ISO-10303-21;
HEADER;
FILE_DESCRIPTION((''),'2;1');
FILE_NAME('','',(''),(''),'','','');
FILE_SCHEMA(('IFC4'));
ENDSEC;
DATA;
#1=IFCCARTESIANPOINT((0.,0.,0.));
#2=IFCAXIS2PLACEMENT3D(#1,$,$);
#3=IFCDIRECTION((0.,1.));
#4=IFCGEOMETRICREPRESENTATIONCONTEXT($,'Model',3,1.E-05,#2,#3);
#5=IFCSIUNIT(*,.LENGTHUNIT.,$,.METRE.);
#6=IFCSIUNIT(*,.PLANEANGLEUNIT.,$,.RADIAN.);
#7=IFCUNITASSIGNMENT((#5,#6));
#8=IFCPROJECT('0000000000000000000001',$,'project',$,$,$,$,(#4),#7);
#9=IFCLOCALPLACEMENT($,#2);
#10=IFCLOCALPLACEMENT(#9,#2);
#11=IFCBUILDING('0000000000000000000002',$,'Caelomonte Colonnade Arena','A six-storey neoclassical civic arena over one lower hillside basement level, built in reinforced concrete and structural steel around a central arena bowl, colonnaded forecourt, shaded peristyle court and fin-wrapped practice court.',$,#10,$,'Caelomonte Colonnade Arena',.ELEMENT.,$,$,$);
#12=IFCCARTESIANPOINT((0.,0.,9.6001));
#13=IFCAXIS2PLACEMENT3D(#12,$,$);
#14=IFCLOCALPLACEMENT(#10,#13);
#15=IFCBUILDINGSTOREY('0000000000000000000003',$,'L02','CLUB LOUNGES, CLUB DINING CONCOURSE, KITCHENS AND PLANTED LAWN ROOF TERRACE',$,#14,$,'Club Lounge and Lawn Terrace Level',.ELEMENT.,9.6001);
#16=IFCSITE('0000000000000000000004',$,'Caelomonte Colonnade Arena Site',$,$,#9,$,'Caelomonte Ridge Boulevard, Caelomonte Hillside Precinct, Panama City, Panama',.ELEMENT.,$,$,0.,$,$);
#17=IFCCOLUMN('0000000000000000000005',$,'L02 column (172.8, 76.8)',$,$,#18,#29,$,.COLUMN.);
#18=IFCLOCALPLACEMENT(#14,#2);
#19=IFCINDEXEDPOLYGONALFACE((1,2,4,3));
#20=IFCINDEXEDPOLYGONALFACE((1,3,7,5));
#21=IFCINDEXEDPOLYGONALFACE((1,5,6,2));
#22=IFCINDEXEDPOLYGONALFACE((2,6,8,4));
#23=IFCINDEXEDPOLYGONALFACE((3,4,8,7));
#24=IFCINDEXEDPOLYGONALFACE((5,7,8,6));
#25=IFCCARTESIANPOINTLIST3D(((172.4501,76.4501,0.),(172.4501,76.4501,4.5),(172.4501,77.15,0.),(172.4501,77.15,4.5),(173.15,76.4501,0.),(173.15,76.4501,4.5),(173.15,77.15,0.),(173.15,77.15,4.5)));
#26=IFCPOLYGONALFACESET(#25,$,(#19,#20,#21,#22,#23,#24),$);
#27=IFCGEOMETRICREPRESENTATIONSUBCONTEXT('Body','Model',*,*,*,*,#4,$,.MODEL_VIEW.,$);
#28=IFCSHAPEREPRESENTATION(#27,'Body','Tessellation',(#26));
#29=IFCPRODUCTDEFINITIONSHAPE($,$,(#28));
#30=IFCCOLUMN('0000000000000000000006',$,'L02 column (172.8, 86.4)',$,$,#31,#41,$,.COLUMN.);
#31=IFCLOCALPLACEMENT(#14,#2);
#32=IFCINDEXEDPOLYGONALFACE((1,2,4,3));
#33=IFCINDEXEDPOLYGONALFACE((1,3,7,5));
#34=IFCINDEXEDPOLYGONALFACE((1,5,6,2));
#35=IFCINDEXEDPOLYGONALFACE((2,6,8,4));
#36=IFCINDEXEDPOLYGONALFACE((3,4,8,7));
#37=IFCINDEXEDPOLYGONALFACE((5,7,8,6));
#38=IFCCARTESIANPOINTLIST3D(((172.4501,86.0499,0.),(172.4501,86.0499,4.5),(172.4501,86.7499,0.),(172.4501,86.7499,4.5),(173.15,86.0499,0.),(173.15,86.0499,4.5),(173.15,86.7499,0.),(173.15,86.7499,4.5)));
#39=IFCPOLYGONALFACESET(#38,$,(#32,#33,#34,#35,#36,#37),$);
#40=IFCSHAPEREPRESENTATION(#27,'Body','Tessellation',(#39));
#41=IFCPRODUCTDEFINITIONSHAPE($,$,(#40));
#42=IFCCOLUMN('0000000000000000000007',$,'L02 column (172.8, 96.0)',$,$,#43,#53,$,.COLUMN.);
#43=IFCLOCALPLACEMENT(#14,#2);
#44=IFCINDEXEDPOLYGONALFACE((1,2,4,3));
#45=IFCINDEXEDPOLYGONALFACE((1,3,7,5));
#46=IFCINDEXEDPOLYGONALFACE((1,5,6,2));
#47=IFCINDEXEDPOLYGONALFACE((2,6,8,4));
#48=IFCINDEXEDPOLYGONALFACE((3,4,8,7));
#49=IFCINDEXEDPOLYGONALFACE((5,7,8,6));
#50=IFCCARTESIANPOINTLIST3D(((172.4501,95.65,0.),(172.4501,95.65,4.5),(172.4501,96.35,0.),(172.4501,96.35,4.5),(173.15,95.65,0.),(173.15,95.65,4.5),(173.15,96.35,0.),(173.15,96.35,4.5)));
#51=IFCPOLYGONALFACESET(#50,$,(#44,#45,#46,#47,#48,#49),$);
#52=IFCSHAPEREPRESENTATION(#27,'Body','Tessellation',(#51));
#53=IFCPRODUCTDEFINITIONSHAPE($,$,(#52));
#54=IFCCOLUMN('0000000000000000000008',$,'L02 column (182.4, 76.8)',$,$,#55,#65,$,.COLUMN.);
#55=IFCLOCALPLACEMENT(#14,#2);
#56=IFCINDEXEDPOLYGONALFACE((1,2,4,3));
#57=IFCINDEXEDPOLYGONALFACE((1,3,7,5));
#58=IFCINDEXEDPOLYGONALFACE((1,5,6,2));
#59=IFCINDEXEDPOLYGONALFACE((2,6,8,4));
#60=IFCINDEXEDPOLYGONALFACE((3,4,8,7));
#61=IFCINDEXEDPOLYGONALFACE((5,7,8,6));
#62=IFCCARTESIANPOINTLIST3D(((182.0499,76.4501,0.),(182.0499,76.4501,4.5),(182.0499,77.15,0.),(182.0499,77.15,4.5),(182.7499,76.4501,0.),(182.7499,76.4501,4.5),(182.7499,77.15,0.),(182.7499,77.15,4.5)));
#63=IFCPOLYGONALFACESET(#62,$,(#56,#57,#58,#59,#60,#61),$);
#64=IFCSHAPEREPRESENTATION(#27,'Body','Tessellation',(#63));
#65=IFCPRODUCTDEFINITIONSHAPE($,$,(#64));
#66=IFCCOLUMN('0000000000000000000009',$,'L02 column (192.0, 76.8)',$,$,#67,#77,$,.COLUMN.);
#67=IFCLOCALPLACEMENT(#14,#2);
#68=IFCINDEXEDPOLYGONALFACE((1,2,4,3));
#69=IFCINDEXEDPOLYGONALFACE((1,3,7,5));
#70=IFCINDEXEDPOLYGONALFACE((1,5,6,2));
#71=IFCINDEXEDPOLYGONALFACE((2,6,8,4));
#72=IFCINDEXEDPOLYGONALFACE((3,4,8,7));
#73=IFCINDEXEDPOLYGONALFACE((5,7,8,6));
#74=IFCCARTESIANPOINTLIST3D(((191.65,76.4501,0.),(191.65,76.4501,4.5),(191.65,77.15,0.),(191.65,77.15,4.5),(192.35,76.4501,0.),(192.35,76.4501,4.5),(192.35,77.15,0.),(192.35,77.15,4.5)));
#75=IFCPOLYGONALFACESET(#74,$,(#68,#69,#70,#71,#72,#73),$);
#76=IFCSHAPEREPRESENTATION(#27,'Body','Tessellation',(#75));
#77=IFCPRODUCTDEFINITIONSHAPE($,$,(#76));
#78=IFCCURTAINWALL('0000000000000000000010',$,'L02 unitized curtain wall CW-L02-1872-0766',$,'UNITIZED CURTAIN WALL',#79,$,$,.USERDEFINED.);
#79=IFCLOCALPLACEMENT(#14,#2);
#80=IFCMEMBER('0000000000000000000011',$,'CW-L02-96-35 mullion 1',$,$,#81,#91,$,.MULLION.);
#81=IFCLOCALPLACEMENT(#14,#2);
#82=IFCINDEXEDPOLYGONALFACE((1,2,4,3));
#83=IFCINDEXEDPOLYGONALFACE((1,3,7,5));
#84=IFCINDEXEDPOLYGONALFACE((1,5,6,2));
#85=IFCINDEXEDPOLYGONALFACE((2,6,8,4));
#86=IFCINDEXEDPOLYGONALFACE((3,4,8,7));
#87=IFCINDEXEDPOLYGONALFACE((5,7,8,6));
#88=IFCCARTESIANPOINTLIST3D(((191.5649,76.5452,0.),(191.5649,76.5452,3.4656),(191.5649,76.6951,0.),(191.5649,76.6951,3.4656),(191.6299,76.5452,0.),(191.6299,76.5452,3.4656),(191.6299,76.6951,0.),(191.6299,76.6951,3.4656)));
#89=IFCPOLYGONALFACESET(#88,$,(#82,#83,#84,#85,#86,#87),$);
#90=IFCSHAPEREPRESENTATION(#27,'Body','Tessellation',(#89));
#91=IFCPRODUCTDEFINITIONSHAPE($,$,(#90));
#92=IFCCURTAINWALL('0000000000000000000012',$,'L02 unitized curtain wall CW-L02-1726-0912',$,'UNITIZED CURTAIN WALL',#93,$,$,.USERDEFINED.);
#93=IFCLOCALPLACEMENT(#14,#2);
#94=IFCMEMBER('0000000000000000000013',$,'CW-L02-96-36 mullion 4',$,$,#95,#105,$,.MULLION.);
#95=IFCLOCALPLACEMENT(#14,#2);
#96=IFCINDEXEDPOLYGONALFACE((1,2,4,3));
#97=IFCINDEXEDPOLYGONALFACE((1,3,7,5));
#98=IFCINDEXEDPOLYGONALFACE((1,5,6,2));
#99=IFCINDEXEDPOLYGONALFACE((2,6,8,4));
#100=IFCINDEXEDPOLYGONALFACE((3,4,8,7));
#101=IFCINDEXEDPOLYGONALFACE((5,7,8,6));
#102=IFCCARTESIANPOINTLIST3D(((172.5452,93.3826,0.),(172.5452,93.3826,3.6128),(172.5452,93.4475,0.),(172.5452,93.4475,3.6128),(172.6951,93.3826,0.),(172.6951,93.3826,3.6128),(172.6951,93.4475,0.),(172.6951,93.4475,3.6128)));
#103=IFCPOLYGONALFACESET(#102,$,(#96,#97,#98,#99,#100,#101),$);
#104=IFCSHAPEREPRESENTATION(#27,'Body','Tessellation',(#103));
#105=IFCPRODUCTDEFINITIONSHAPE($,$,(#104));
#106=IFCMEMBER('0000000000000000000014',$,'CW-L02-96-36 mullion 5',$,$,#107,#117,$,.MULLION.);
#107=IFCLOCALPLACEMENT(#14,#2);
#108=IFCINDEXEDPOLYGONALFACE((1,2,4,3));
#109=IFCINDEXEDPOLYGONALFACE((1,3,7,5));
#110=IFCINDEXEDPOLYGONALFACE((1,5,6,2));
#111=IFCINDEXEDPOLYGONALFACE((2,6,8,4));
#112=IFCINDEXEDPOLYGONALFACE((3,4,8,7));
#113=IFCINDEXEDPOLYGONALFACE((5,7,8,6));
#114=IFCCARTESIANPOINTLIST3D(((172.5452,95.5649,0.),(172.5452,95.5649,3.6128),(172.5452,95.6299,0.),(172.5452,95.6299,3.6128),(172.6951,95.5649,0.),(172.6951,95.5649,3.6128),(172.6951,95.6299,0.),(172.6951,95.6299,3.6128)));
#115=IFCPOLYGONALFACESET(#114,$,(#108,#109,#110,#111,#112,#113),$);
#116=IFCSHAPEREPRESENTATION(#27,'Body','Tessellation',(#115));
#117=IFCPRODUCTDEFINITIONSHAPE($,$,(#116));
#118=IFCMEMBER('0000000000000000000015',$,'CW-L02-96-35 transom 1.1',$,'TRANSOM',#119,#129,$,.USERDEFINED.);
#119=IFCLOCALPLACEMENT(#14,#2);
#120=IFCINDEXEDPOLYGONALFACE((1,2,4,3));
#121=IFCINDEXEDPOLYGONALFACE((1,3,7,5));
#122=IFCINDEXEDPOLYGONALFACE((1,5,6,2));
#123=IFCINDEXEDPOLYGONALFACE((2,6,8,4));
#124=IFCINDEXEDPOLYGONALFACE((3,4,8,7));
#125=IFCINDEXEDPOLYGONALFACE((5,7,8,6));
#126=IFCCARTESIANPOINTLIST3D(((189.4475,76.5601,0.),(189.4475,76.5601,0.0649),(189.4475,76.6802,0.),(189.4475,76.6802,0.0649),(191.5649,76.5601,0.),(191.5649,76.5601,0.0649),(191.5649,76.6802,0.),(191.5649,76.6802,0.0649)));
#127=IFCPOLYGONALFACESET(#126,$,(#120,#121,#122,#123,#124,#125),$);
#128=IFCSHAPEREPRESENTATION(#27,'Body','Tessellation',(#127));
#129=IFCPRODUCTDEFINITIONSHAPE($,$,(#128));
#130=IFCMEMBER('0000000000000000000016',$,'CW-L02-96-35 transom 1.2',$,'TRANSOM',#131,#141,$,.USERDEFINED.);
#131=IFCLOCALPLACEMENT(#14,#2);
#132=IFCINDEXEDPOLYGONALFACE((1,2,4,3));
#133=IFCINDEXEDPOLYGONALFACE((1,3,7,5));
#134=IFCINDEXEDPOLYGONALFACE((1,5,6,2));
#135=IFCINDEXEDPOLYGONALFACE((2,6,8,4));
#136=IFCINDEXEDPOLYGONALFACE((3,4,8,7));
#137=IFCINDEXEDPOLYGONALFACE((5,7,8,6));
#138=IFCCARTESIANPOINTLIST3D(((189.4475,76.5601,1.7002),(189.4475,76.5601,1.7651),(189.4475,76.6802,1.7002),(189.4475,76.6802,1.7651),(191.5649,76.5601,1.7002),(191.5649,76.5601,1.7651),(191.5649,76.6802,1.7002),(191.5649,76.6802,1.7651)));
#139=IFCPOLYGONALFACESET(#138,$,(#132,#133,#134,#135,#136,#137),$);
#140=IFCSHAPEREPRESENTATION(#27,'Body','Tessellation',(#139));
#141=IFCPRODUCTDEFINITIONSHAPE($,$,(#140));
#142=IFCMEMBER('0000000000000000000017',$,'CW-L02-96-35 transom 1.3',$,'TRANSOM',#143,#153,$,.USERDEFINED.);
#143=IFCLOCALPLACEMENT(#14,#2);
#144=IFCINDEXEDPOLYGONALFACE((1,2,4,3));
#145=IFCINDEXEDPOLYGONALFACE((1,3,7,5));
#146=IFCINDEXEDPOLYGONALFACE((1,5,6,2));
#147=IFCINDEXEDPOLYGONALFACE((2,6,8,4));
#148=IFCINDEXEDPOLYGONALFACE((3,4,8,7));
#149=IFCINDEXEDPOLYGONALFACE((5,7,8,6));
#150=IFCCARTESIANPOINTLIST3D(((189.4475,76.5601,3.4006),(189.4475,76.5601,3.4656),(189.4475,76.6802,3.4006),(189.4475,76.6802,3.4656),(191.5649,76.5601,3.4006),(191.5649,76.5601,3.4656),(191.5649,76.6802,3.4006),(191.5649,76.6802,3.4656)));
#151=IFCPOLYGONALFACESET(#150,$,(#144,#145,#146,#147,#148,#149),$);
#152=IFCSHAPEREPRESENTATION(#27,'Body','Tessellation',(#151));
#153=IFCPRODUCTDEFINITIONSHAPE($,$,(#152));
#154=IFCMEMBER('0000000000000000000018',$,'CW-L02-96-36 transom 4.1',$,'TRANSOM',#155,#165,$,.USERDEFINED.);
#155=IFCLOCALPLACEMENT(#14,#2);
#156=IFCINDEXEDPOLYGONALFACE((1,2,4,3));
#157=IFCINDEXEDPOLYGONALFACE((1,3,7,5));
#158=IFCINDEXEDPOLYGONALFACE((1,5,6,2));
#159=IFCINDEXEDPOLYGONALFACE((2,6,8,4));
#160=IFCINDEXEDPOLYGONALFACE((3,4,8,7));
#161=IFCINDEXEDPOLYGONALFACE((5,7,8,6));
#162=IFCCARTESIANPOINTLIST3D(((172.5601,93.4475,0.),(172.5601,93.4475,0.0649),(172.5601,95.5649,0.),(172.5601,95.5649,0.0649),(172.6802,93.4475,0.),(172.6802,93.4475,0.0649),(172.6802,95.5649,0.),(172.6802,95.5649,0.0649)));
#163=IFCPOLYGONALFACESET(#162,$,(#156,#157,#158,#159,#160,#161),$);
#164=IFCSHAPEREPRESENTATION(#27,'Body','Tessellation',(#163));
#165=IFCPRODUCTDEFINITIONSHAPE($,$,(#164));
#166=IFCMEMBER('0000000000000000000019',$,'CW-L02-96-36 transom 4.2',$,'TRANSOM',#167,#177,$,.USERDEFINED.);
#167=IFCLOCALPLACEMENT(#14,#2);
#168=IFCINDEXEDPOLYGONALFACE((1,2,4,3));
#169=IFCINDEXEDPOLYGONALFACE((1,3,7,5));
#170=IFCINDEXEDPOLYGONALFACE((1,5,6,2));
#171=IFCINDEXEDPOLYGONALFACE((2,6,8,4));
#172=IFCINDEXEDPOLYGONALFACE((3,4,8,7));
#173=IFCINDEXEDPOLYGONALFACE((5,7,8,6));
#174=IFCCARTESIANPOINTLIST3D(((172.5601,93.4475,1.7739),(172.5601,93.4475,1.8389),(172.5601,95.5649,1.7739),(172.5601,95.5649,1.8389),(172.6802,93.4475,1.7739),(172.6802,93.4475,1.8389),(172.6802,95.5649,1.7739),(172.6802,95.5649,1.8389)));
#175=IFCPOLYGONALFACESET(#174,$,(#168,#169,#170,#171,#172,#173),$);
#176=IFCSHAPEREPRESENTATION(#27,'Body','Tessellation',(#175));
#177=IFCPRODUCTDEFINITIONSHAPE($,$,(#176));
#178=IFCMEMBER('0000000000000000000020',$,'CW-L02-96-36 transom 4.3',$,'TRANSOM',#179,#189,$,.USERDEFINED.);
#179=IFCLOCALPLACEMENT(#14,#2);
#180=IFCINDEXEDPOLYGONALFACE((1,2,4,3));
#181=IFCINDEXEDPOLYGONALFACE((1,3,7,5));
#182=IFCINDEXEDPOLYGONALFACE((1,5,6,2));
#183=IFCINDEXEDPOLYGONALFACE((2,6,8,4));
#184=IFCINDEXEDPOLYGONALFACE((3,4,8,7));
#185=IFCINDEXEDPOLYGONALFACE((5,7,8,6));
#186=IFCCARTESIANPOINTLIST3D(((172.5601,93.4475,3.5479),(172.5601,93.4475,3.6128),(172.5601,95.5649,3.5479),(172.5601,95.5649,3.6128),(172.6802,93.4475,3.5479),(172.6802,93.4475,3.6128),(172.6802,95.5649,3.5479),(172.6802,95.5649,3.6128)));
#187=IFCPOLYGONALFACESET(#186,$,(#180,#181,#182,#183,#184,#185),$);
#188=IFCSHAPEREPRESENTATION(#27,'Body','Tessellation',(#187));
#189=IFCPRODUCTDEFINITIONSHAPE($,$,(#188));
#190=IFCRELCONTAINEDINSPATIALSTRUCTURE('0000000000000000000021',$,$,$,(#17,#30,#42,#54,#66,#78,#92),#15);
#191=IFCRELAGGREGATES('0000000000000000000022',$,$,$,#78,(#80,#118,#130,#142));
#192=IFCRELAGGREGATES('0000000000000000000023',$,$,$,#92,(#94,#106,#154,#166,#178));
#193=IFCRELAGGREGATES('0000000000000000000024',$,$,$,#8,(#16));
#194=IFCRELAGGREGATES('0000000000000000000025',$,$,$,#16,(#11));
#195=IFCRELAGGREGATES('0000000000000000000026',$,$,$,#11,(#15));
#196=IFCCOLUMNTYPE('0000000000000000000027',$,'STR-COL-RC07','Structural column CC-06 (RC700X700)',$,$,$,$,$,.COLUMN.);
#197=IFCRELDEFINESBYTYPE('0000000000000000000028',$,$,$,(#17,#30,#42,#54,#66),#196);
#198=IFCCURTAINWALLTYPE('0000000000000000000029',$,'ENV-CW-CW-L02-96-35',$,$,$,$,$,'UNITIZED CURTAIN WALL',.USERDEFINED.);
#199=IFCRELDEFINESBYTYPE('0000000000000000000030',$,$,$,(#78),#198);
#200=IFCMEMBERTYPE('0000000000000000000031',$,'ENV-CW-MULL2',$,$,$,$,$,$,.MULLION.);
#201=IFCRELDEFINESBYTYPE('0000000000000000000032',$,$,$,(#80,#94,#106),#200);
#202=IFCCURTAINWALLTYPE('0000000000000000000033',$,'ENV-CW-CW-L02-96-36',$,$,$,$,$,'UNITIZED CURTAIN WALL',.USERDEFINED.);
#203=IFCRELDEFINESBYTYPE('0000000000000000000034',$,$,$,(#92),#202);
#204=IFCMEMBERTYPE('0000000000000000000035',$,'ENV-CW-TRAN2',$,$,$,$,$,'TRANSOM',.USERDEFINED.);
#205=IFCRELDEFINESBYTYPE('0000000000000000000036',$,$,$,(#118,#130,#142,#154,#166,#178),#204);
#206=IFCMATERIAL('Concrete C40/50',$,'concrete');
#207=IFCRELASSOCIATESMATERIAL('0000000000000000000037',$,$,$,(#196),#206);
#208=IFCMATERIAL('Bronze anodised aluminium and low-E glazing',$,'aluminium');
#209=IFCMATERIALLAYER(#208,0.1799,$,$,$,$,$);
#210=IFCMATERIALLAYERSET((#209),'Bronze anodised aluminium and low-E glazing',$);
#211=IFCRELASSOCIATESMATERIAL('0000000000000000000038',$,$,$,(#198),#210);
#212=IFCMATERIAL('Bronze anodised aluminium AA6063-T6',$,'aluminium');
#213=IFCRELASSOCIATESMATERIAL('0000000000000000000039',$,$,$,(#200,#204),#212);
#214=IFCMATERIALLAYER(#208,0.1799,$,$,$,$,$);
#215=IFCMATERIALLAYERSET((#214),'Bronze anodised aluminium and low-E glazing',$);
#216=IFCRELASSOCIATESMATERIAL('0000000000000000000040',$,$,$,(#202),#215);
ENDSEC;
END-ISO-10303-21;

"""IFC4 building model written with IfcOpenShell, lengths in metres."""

from ifc_helpers import new_model, si_unit, direction, frame, origin, origin_2d, place, context, subcontext, project, spatial, rectangle, extrude, material, layer, layer_set, material_profile, profile_set, type_object, element, aggregate, save


model = new_model("IFC4")

# Units and contexts
model_context = context("Model", 3, precision=1e-05, world=origin(), true_north=direction((0.0, 1.0)))
body_context = subcontext(model_context, "Body", "Model", "MODEL_VIEW")
ifc_project = project(units=[si_unit("LENGTHUNIT", "METRE"), si_unit("PLANEANGLEUNIT", "RADIAN")], contexts=[model_context])

# Site, building, storey
site_placement = place(None, origin())
site = spatial("IfcSite", under=ifc_project, at=site_placement, Name="Caelomonte Colonnade Arena Site", LongName="Caelomonte Ridge Boulevard, Caelomonte Hillside Precinct, Panama City, Panama", CompositionType="ELEMENT", RefElevation=0.0)
building_placement = place(site_placement, origin())
building = spatial("IfcBuilding", under=site, at=building_placement, Name="Caelomonte Colonnade Arena", Description="A six-storey neoclassical civic arena over one lower hillside basement level, built in reinforced concrete and structural steel around a central arena bowl, colonnaded forecourt, shaded peristyle court and fin-wrapped practice court.", LongName="Caelomonte Colonnade Arena", CompositionType="ELEMENT")
storey_placement = place(building_placement, frame((0.0, 0.0, 9.6001)))
storey = spatial("IfcBuildingStorey", under=building, at=storey_placement, Name="L02", Description="CLUB LOUNGES, CLUB DINING CONCOURSE, KITCHENS AND PLANTED LAWN ROOF TERRACE", LongName="Club Lounge and Lawn Terrace Level", CompositionType="ELEMENT", Elevation=9.6001)

# Columns
ifc_material_1 = material(Name="Concrete C40/50", Category="concrete")
ifc_material_profile_1 = material_profile(ifc_material_1, rectangle(XDim=0.7, YDim=0.7, at=origin_2d()), Name="RC700X700")
ifc_profile_set_1 = profile_set([ifc_material_profile_1], Name="Concrete C40/50")
column_type = type_object("IfcColumnType", Name="STR-COL-RC07", Description="Structural column CC-06 (RC700X700)", PredefinedType="COLUMN", material=ifc_profile_set_1)
for number, where, z_axis, x_axis, name in (
    (1, (172.8, 76.8, 0.0), (0.0, 0.0, 1.0), (1.0, 0.0, 0.0), "L02 column (172.8, 76.8)"),
    (2, (172.8, 86.3999, 0.0), (0.0, 0.0, 1.0), (1.0, 0.0, 0.0), "L02 column (172.8, 86.4)"),
    (3, (172.8, 96.0, 0.0), (0.0, 0.0, 1.0), (1.0, 0.0, 0.0), "L02 column (172.8, 96.0)"),
    (4, (182.3999, 76.8, 0.0), (0.0, 0.0, 1.0), (1.0, 0.0, 0.0), "L02 column (182.4, 76.8)"),
    (5, (192.0, 76.8, 0.0), (0.0, 0.0, 1.0), (1.0, 0.0, 0.0), "L02 column (192.0, 76.8)"),
):
    element("IfcColumn", number, at=place(storey_placement, frame(where, z_axis=z_axis, x_axis=x_axis)), inside=storey, type_object=column_type, Name=name, PredefinedType="COLUMN", context=body_context, shape_type="SweptSolid", body=[
        extrude(rectangle(XDim=0.7, YDim=0.7, at=origin_2d()), origin(), (0.0, 0.0, 1.0), 4.5),
    ])

# Curtain wall, member
ifc_material_2 = material(Name="Bronze anodised aluminium and low-E glazing", Category="aluminium")
ifc_layer_1 = layer(ifc_material_2, 0.1799)
ifc_layer_set_1 = layer_set([ifc_layer_1], Name="Bronze anodised aluminium and low-E glazing")
curtain_wall_type_1 = type_object("IfcCurtainWallType", Name="ENV-CW-CW-L02-96-35", ElementType="UNITIZED CURTAIN WALL", PredefinedType="USERDEFINED", material=ifc_layer_set_1)
curtain_wall_1_placement = place(storey_placement, origin())
curtain_wall_1 = element("IfcCurtainWall", 6, at=curtain_wall_1_placement, inside=storey, type_object=curtain_wall_type_1, Name="L02 unitized curtain wall CW-L02-1872-0766", ObjectType="UNITIZED CURTAIN WALL", PredefinedType="USERDEFINED")
ifc_material_3 = material(Name="Bronze anodised aluminium AA6063-T6", Category="aluminium")
ifc_material_profile_2 = material_profile(ifc_material_3, rectangle(XDim=0.0649, YDim=0.1499, at=origin_2d()), Name="CWM-65X150")
ifc_profile_set_2 = profile_set([ifc_material_profile_2], Name="Bronze anodised aluminium AA6063-T6")
member_type_1 = type_object("IfcMemberType", Name="ENV-CW-MULL2", PredefinedType="MULLION", material=ifc_profile_set_2)
member_1_placement = place(storey_placement, frame((191.5974, 76.6201, 0.0), z_axis=(0.0, 0.0, 1.0), x_axis=(-1.0, 0.0, 0.0)))
member_1 = element("IfcMember", 7, at=member_1_placement, type_object=member_type_1, Name="CW-L02-96-35 mullion 1", PredefinedType="MULLION", context=body_context, shape_type="SweptSolid", body=[
    extrude(rectangle(XDim=0.0649, YDim=0.1499, at=origin_2d()), origin(), (0.0, 0.0, 1.0), 3.4656),
])

# Curtain wall, members
ifc_layer_2 = layer(ifc_material_2, 0.1799)
ifc_layer_set_2 = layer_set([ifc_layer_2], Name="Bronze anodised aluminium and low-E glazing")
curtain_wall_type_2 = type_object("IfcCurtainWallType", Name="ENV-CW-CW-L02-96-36", ElementType="UNITIZED CURTAIN WALL", PredefinedType="USERDEFINED", material=ifc_layer_set_2)
curtain_wall_2_placement = place(storey_placement, origin())
curtain_wall_2 = element("IfcCurtainWall", 8, at=curtain_wall_2_placement, inside=storey, type_object=curtain_wall_type_2, Name="L02 unitized curtain wall CW-L02-1726-0912", ObjectType="UNITIZED CURTAIN WALL", PredefinedType="USERDEFINED")
member_2_placement = place(storey_placement, frame((172.6201, 93.415, 0.0), z_axis=(0.0, 0.0, 1.0), x_axis=(0.0, 1.0, 0.0)))
member_2 = element("IfcMember", 9, at=member_2_placement, type_object=member_type_1, Name="CW-L02-96-36 mullion 4", PredefinedType="MULLION", context=body_context, shape_type="SweptSolid", body=[
    extrude(rectangle(XDim=0.0649, YDim=0.1499, at=origin_2d()), origin(), (0.0, 0.0, 1.0), 3.6128),
])
member_3_placement = place(storey_placement, frame((172.6201, 95.5974, 0.0), z_axis=(0.0, 0.0, 1.0), x_axis=(0.0, 1.0, 0.0)))
member_3 = element("IfcMember", 10, at=member_3_placement, type_object=member_type_1, Name="CW-L02-96-36 mullion 5", PredefinedType="MULLION", context=body_context, shape_type="SweptSolid", body=[
    extrude(rectangle(XDim=0.0649, YDim=0.1499, at=origin_2d()), origin(), (0.0, 0.0, 1.0), 3.6128),
])

# Members
ifc_material_profile_3 = material_profile(ifc_material_3, rectangle(XDim=0.0649, YDim=0.1201, at=origin_2d()), Name="CWT-65X120")
ifc_profile_set_3 = profile_set([ifc_material_profile_3], Name="Bronze anodised aluminium AA6063-T6")
member_type_2 = type_object("IfcMemberType", Name="ENV-CW-TRAN2", ElementType="TRANSOM", PredefinedType="USERDEFINED", material=ifc_profile_set_3)
member_4_placement = place(storey_placement, frame((191.5649, 76.6201, 0.0325), z_axis=(-1.0, 0.0, 0.0), x_axis=(0.0, 0.0, 1.0)))
member_4 = element("IfcMember", 11, at=member_4_placement, type_object=member_type_2, Name="CW-L02-96-35 transom 1.1", ObjectType="TRANSOM", PredefinedType="USERDEFINED", context=body_context, shape_type="SweptSolid", body=[
    extrude(rectangle(XDim=0.0649, YDim=0.1201, at=origin_2d()), origin(), (0.0, 0.0, 1.0), 2.1174),
])
member_5_placement = place(storey_placement, frame((191.5649, 76.6201, 1.7327), z_axis=(-1.0, 0.0, 0.0), x_axis=(0.0, 0.0, 1.0)))
member_5 = element("IfcMember", 12, at=member_5_placement, type_object=member_type_2, Name="CW-L02-96-35 transom 1.2", ObjectType="TRANSOM", PredefinedType="USERDEFINED", context=body_context, shape_type="SweptSolid", body=[
    extrude(rectangle(XDim=0.0649, YDim=0.1201, at=origin_2d()), origin(), (0.0, 0.0, 1.0), 2.1174),
])
member_6_placement = place(storey_placement, frame((191.5649, 76.6201, 3.4331), z_axis=(-1.0, 0.0, 0.0), x_axis=(0.0, 0.0, 1.0)))
member_6 = element("IfcMember", 13, at=member_6_placement, type_object=member_type_2, Name="CW-L02-96-35 transom 1.3", ObjectType="TRANSOM", PredefinedType="USERDEFINED", context=body_context, shape_type="SweptSolid", body=[
    extrude(rectangle(XDim=0.0649, YDim=0.1201, at=origin_2d()), origin(), (0.0, 0.0, 1.0), 2.1174),
])
member_7_placement = place(storey_placement, frame((172.6201, 93.4475, 0.0325), z_axis=(0.0, 1.0, 0.0), x_axis=(0.0, 0.0, 1.0)))
member_7 = element("IfcMember", 14, at=member_7_placement, type_object=member_type_2, Name="CW-L02-96-36 transom 4.1", ObjectType="TRANSOM", PredefinedType="USERDEFINED", context=body_context, shape_type="SweptSolid", body=[
    extrude(rectangle(XDim=0.0649, YDim=0.1201, at=origin_2d()), origin(), (0.0, 0.0, 1.0), 2.1174),
])
member_8_placement = place(storey_placement, frame((172.6201, 93.4475, 1.8064), z_axis=(0.0, 1.0, 0.0), x_axis=(0.0, 0.0, 1.0)))
member_8 = element("IfcMember", 15, at=member_8_placement, type_object=member_type_2, Name="CW-L02-96-36 transom 4.2", ObjectType="TRANSOM", PredefinedType="USERDEFINED", context=body_context, shape_type="SweptSolid", body=[
    extrude(rectangle(XDim=0.0649, YDim=0.1201, at=origin_2d()), origin(), (0.0, 0.0, 1.0), 2.1174),
])
member_9_placement = place(storey_placement, frame((172.6201, 93.4475, 3.5803), z_axis=(0.0, 1.0, 0.0), x_axis=(0.0, 0.0, 1.0)))
member_9 = element("IfcMember", 16, at=member_9_placement, type_object=member_type_2, Name="CW-L02-96-36 transom 4.3", ObjectType="TRANSOM", PredefinedType="USERDEFINED", context=body_context, shape_type="SweptSolid", body=[
    extrude(rectangle(XDim=0.0649, YDim=0.1201, at=origin_2d()), origin(), (0.0, 0.0, 1.0), 2.1174),
])

aggregate(curtain_wall_1, [member_1, member_4, member_5, member_6])
aggregate(curtain_wall_2, [member_2, member_3, member_7, member_8, member_9])

save(model, "model.ifc")
